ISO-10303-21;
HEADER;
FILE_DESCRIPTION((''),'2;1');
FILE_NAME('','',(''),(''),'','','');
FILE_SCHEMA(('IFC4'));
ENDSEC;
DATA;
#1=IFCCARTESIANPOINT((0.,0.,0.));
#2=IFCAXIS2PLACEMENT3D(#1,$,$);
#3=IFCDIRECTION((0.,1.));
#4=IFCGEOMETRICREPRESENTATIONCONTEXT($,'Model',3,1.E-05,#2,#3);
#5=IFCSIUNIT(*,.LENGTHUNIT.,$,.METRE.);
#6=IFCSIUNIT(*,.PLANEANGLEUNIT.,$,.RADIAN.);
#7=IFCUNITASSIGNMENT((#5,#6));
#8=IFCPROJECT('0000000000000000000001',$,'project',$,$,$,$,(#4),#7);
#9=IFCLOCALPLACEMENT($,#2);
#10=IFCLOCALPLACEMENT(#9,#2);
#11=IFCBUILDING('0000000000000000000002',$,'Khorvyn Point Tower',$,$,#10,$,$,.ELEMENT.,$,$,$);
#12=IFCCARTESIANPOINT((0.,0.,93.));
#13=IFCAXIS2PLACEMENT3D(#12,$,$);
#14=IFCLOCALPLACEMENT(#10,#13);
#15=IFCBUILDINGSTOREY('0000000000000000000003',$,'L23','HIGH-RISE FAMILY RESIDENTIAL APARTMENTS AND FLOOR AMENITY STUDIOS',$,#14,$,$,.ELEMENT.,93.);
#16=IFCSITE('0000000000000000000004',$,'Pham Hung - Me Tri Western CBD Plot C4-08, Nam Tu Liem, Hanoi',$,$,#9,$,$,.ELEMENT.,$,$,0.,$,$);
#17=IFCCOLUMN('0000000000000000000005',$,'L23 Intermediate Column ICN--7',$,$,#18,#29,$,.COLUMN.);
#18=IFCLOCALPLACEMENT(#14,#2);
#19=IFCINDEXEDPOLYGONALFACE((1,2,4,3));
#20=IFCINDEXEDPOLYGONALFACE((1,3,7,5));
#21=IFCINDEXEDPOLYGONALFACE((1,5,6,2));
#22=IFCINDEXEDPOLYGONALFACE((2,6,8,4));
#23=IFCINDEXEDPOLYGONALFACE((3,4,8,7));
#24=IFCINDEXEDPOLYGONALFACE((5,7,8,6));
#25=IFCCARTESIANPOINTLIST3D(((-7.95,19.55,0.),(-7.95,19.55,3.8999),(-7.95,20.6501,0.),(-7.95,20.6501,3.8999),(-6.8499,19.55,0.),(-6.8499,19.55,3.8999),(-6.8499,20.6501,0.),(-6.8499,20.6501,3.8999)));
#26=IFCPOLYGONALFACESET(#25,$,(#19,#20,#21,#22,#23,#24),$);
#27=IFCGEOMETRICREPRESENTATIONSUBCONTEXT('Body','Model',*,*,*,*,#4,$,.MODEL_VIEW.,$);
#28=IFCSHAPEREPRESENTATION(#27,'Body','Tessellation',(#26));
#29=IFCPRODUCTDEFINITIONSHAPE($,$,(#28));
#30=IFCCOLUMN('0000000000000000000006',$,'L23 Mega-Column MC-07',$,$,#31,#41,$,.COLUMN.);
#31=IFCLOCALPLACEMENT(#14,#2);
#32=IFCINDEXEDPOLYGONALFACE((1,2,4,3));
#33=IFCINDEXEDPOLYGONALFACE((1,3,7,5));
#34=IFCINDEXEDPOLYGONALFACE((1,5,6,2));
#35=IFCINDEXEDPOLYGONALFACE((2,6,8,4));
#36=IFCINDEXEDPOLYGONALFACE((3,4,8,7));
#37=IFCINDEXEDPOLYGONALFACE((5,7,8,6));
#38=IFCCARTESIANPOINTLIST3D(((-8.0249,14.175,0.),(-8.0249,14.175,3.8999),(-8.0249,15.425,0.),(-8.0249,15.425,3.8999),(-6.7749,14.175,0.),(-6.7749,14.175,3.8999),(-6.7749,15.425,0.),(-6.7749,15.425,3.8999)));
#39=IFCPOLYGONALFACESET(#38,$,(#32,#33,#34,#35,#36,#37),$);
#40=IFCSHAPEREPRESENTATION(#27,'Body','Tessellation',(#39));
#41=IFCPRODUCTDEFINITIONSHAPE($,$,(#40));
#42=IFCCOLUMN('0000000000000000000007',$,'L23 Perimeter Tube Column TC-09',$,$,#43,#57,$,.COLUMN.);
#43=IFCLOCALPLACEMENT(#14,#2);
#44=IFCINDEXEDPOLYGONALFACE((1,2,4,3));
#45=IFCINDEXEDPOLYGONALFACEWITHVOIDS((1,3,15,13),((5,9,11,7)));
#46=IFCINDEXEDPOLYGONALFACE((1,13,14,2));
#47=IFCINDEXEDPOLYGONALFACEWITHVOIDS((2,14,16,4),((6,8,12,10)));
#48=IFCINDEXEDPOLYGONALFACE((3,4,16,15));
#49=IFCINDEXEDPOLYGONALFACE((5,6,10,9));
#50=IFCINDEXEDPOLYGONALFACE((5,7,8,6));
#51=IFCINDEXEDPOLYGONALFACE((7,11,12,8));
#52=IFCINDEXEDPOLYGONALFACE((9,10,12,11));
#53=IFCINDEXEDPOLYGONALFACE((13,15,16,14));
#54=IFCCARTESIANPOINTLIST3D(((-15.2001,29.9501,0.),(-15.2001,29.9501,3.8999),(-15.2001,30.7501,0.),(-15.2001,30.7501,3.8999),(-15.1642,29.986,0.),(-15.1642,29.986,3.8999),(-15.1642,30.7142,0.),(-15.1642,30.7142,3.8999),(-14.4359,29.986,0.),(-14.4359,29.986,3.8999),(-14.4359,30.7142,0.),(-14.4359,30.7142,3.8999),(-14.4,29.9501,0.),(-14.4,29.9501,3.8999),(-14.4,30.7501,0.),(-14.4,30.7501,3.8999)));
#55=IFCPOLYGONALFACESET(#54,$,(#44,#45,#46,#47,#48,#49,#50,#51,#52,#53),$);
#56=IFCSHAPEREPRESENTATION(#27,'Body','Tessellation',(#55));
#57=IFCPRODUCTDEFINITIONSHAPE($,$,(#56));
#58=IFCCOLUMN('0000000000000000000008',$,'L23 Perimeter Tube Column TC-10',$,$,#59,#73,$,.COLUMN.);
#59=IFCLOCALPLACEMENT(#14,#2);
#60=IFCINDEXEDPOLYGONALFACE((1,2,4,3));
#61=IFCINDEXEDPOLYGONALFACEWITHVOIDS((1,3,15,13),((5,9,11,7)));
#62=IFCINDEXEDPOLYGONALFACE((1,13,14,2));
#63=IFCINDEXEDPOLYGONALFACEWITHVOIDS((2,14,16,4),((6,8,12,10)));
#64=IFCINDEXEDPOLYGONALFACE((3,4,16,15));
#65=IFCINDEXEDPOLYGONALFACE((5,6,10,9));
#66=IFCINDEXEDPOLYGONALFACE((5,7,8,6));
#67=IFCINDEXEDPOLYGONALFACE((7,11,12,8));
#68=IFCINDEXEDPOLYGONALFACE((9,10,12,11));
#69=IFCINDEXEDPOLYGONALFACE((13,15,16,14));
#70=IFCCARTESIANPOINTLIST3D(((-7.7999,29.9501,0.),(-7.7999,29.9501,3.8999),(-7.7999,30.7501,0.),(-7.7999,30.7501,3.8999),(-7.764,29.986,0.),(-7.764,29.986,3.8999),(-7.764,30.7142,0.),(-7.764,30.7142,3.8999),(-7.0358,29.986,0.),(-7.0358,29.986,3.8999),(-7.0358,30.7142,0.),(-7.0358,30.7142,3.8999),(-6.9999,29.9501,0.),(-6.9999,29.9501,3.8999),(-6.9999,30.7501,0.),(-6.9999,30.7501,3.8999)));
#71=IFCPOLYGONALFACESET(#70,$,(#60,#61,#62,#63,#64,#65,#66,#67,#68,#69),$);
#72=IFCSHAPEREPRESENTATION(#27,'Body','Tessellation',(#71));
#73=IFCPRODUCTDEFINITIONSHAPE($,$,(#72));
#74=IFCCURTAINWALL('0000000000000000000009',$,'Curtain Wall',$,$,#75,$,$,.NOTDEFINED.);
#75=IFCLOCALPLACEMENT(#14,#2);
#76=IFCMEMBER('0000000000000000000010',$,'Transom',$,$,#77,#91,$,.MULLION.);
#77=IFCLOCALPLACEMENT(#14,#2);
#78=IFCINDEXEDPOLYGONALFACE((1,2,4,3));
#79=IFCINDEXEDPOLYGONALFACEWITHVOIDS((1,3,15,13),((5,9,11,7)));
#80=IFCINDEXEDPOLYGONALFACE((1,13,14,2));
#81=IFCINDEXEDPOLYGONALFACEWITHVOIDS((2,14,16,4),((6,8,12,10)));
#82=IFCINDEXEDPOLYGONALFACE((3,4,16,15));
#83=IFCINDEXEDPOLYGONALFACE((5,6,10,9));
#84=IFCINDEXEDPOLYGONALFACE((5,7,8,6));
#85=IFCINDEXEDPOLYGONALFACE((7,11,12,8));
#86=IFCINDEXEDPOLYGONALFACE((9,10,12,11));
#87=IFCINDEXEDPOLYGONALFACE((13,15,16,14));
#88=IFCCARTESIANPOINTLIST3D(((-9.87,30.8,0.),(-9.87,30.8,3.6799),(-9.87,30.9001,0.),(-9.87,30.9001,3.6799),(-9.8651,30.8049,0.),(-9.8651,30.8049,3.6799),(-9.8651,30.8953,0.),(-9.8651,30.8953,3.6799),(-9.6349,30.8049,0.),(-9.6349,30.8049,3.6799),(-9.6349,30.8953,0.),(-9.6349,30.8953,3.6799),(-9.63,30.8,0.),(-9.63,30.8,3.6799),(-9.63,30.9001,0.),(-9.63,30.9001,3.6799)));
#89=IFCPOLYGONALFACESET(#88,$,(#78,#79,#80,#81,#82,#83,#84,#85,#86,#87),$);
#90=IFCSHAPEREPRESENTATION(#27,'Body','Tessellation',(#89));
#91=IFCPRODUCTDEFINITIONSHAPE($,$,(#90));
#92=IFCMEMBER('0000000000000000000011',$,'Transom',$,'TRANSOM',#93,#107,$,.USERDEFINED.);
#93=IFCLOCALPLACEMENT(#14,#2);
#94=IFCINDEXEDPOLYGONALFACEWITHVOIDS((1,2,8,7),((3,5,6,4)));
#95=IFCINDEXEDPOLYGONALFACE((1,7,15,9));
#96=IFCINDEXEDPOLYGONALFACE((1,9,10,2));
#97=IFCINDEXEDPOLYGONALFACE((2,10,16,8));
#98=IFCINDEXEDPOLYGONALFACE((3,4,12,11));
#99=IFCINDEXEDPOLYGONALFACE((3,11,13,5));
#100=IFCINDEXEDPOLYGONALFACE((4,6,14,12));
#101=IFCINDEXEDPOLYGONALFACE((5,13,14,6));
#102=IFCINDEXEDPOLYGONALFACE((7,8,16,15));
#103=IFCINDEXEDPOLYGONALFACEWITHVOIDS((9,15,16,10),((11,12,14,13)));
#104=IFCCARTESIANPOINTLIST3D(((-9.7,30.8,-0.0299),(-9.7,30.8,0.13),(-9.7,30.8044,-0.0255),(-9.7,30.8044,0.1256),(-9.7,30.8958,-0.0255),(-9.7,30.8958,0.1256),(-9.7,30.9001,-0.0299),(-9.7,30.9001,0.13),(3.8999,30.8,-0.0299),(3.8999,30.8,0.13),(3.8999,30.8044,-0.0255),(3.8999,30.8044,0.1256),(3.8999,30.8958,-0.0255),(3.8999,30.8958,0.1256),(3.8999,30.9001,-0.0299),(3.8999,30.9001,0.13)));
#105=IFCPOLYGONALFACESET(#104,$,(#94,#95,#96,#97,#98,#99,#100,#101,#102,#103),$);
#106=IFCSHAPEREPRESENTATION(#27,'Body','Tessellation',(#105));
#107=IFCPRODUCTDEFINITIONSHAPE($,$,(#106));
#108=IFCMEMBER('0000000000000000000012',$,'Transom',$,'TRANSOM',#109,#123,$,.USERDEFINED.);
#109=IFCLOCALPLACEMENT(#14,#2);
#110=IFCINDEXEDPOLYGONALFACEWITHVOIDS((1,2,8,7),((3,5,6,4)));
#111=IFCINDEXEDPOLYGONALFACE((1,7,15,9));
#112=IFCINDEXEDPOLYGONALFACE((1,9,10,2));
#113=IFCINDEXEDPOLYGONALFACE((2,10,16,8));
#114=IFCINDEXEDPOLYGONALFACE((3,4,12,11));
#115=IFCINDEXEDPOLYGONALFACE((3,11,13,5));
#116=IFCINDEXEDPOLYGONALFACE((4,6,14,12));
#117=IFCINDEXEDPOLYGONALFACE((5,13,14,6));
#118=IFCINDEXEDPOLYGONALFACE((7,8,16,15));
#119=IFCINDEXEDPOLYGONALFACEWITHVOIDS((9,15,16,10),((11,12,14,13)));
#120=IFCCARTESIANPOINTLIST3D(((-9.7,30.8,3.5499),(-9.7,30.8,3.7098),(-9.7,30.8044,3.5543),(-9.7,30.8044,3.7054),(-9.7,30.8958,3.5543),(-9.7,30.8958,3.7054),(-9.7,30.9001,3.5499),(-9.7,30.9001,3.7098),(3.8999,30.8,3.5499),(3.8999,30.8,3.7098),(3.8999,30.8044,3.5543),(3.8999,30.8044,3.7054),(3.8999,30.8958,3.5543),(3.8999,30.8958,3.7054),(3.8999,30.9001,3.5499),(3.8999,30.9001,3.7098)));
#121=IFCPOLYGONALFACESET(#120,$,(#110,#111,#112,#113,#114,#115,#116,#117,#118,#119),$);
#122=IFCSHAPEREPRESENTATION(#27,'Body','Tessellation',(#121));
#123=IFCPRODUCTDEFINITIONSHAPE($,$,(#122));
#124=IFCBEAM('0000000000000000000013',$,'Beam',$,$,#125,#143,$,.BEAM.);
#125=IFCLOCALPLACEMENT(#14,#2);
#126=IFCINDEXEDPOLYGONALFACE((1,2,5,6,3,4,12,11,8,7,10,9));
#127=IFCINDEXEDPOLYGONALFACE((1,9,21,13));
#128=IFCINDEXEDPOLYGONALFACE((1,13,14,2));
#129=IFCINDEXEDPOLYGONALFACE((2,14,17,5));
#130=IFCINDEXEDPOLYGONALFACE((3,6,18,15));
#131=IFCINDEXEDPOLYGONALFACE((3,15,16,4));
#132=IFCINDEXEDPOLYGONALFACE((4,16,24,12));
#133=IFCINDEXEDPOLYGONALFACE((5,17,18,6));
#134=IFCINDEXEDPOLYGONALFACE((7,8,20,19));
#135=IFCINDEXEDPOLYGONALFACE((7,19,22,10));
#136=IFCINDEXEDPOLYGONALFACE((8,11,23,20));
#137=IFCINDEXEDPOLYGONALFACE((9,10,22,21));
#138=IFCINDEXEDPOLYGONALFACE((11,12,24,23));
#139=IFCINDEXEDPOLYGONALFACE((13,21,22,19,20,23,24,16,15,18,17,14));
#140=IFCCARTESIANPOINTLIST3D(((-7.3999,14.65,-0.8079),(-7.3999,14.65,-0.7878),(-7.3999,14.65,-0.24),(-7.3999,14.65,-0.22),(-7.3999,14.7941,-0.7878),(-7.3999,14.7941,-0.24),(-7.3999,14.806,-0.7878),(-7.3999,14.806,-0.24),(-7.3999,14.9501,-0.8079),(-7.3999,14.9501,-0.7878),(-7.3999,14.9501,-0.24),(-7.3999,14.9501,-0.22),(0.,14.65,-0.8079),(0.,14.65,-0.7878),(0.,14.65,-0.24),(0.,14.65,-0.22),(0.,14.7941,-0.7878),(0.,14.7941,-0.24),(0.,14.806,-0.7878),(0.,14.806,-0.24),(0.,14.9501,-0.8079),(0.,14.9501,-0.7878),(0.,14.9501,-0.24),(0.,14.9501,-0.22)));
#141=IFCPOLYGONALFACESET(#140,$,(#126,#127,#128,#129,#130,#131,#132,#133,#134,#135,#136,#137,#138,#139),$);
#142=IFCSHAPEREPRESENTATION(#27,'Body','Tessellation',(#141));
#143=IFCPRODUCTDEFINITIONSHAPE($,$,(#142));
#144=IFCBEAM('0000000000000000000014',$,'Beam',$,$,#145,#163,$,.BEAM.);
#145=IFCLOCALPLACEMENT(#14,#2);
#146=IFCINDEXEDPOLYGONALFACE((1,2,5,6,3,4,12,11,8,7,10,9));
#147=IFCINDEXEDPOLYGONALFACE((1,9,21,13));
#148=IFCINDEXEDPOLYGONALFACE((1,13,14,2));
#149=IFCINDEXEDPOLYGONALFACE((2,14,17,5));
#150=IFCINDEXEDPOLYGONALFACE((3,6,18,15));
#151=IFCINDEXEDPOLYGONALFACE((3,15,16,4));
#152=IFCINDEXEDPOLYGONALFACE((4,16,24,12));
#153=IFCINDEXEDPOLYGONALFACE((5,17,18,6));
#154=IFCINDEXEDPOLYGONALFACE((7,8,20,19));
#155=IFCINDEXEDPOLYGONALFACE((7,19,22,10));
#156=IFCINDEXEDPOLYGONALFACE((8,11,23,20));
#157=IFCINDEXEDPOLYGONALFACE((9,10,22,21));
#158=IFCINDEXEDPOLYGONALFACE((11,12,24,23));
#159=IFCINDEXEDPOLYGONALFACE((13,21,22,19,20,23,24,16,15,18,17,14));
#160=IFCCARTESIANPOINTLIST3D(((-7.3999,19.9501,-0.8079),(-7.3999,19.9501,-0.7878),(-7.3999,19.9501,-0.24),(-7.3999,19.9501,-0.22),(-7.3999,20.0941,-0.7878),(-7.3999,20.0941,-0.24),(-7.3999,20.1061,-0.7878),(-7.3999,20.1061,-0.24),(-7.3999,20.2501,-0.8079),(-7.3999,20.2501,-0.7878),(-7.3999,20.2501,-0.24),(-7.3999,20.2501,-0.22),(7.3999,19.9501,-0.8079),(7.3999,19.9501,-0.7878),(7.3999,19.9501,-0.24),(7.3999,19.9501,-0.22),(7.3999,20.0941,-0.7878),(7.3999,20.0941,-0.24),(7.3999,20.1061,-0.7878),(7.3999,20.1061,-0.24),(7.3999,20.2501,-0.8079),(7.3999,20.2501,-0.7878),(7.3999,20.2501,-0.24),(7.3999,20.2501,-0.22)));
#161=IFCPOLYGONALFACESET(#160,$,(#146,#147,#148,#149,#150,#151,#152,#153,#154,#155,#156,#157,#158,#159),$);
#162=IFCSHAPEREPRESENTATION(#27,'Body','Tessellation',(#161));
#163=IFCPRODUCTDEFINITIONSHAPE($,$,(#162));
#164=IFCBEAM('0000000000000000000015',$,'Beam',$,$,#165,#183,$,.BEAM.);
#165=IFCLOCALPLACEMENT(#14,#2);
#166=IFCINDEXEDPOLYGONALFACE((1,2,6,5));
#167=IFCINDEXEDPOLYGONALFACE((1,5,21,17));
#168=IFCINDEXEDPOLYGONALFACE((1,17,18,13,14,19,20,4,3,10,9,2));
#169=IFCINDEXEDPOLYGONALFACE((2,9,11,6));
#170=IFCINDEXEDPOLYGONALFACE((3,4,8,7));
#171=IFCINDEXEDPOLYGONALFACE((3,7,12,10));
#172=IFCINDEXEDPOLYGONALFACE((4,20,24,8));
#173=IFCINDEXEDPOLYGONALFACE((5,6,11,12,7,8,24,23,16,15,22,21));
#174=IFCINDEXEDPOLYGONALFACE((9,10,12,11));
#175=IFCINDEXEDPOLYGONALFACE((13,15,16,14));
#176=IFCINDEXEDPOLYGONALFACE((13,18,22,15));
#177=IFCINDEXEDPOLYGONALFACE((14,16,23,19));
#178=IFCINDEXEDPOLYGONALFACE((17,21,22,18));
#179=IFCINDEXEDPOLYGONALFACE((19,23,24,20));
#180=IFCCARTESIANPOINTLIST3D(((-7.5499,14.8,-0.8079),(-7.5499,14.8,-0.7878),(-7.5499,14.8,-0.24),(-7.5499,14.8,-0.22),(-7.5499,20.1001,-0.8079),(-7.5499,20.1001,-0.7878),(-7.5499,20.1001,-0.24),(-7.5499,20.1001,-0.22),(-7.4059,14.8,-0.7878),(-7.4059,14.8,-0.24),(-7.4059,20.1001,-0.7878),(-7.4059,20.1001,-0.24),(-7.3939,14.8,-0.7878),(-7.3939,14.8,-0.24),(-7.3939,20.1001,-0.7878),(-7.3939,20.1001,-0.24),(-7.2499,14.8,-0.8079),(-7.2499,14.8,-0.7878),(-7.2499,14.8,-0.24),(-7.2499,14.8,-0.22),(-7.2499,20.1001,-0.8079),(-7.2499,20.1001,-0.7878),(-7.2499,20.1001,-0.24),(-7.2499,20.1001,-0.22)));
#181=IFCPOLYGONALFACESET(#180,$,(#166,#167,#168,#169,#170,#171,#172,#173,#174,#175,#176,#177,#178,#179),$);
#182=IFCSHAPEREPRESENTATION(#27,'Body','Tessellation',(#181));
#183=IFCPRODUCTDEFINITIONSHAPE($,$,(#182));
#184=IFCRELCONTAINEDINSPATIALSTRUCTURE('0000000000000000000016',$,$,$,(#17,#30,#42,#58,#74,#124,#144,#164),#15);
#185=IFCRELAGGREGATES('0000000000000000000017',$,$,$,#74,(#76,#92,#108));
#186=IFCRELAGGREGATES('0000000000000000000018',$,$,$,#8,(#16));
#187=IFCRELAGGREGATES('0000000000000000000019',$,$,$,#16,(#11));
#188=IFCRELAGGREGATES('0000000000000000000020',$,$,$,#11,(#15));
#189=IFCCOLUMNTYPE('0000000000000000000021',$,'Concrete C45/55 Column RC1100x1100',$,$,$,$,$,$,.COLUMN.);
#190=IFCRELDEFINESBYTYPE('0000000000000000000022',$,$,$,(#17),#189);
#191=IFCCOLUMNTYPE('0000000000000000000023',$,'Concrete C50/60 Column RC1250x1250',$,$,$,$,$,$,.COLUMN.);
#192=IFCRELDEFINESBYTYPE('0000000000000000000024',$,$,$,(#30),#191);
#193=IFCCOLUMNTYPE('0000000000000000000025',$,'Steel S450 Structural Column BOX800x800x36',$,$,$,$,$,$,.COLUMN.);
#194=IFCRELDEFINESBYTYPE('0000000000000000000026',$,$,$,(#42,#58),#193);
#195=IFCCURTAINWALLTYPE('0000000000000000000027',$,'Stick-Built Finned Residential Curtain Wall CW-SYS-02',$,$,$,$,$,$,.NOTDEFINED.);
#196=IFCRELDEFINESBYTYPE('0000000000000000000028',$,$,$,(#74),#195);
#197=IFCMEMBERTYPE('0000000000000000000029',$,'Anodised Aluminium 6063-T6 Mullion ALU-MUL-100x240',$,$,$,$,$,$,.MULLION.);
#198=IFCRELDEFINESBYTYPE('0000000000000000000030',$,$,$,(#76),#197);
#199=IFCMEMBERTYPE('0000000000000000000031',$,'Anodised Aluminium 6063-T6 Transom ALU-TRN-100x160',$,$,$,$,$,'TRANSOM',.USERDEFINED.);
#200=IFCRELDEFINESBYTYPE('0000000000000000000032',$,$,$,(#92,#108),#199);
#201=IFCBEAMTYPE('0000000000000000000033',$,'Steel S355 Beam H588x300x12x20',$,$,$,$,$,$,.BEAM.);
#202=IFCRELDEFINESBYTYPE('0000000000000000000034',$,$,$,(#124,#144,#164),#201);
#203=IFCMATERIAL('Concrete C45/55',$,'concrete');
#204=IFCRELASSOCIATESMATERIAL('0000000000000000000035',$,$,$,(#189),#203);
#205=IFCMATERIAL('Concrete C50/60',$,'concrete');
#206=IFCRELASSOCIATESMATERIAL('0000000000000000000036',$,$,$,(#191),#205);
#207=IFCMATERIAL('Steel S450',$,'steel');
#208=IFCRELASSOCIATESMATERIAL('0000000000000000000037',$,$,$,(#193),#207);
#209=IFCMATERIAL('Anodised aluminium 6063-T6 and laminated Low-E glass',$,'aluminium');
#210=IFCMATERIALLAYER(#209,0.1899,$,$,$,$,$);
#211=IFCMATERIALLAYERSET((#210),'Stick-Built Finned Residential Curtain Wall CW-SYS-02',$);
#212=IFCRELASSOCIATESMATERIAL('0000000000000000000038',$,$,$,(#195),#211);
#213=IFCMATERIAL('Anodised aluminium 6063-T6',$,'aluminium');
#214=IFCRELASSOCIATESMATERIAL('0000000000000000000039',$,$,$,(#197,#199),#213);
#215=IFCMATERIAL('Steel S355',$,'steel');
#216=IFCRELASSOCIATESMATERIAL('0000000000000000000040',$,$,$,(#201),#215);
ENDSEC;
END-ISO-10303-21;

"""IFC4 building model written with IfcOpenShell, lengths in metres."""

from ifc_helpers import new_model, si_unit, direction, frame, origin, origin_2d, place, context, subcontext, project, spatial, rectangle, hollow_rectangle, i_section, extrude, material, layer, layer_set, material_profile, profile_set, type_object, element, aggregate, save


model = new_model("IFC4")

# Units and contexts
model_context = context("Model", 3, precision=1e-05, world=origin(), true_north=direction((0.0, 1.0)))
body_context = subcontext(model_context, "Body", "Model", "MODEL_VIEW")
ifc_project = project(units=[si_unit("LENGTHUNIT", "METRE"), si_unit("PLANEANGLEUNIT", "RADIAN")], contexts=[model_context])

# Site, building, storey
site_placement = place(None, origin())
site = spatial("IfcSite", under=ifc_project, at=site_placement, Name="Pham Hung - Me Tri Western CBD Plot C4-08, Nam Tu Liem, Hanoi", CompositionType="ELEMENT", RefElevation=0.0)
building_placement = place(site_placement, origin())
building = spatial("IfcBuilding", under=site, at=building_placement, Name="Khorvyn Point Tower", CompositionType="ELEMENT")
storey_placement = place(building_placement, frame((0.0, 0.0, 93.0)))
storey = spatial("IfcBuildingStorey", under=building, at=storey_placement, Name="L23", Description="HIGH-RISE FAMILY RESIDENTIAL APARTMENTS AND FLOOR AMENITY STUDIOS", CompositionType="ELEMENT", Elevation=93.0)

# Columns
ifc_material_1 = material(Name="Concrete C45/55", Category="concrete")
ifc_material_profile_1 = material_profile(ifc_material_1, rectangle(XDim=1.1001, YDim=1.1001, at=origin_2d()))
ifc_profile_set_1 = profile_set([ifc_material_profile_1], Name="Concrete C45/55 RC1100x1100")
column_type_1 = type_object("IfcColumnType", Name="Concrete C45/55 Column RC1100x1100", PredefinedType="COLUMN", material=ifc_profile_set_1)
column_1_placement = place(storey_placement, frame((-7.3999, 20.1001, 0.0), z_axis=(0.0, 0.0, 1.0), x_axis=(1.0, 0.0, 0.0)))
element("IfcColumn", 1, at=column_1_placement, inside=storey, type_object=column_type_1, Name="L23 Intermediate Column ICN--7", PredefinedType="COLUMN", context=body_context, shape_type="SweptSolid", body=[
    extrude(rectangle(XDim=1.1001, YDim=1.1001, at=origin_2d()), origin(), (0.0, 0.0, 1.0), 3.8999),
])
ifc_material_2 = material(Name="Concrete C50/60", Category="concrete")
ifc_material_profile_2 = material_profile(ifc_material_2, rectangle(XDim=1.25, YDim=1.25, at=origin_2d()))
ifc_profile_set_2 = profile_set([ifc_material_profile_2], Name="Concrete C50/60 RC1250x1250")
column_type_2 = type_object("IfcColumnType", Name="Concrete C50/60 Column RC1250x1250", PredefinedType="COLUMN", material=ifc_profile_set_2)
column_2_placement = place(storey_placement, frame((-7.3999, 14.8, 0.0), z_axis=(0.0, 0.0, 1.0), x_axis=(1.0, 0.0, 0.0)))
element("IfcColumn", 2, at=column_2_placement, inside=storey, type_object=column_type_2, Name="L23 Mega-Column MC-07", PredefinedType="COLUMN", context=body_context, shape_type="SweptSolid", body=[
    extrude(rectangle(XDim=1.25, YDim=1.25, at=origin_2d()), origin(), (0.0, 0.0, 1.0), 3.8999),
])
ifc_material_3 = material(Name="Steel S450", Category="steel")
ifc_material_profile_3 = material_profile(ifc_material_3, hollow_rectangle(XDim=0.8, YDim=0.8, WallThickness=0.0359, at=origin_2d()))
ifc_profile_set_3 = profile_set([ifc_material_profile_3], Name="Steel S450 BOX800x800x36")
column_type_3 = type_object("IfcColumnType", Name="Steel S450 Structural Column BOX800x800x36", PredefinedType="COLUMN", material=ifc_profile_set_3)
for number, where, z_axis, x_axis, name in (
    (3, (-14.8, 30.3501, 0.0), (0.0, 0.0, 1.0), (1.0, 0.0, 0.0), "L23 Perimeter Tube Column TC-09"),
    (4, (-7.3999, 30.3501, 0.0), (0.0, 0.0, 1.0), (1.0, 0.0, 0.0), "L23 Perimeter Tube Column TC-10"),
):
    element("IfcColumn", number, at=place(storey_placement, frame(where, z_axis=z_axis, x_axis=x_axis)), inside=storey, type_object=column_type_3, Name=name, PredefinedType="COLUMN", context=body_context, shape_type="SweptSolid", body=[
        extrude(hollow_rectangle(XDim=0.8, YDim=0.8, WallThickness=0.0359, at=origin_2d()), origin(), (0.0, 0.0, 1.0), 3.8999),
    ])

# Curtain wall, members
ifc_material_4 = material(Name="Anodised aluminium 6063-T6 and laminated Low-E glass", Category="aluminium")
ifc_layer_1 = layer(ifc_material_4, 0.1899)
ifc_layer_set_1 = layer_set([ifc_layer_1], Name="Stick-Built Finned Residential Curtain Wall CW-SYS-02")
curtain_wall_type = type_object("IfcCurtainWallType", Name="Stick-Built Finned Residential Curtain Wall CW-SYS-02", PredefinedType="NOTDEFINED", material=ifc_layer_set_1)
curtain_wall_placement = place(storey_placement, origin())
curtain_wall = element("IfcCurtainWall", 5, at=curtain_wall_placement, inside=storey, type_object=curtain_wall_type, Name="Curtain Wall", PredefinedType="NOTDEFINED")
ifc_material_5 = material(Name="Anodised aluminium 6063-T6", Category="aluminium")
ifc_material_profile_4 = material_profile(ifc_material_5, hollow_rectangle(XDim=0.1001, YDim=0.24, WallThickness=0.0049, at=origin_2d()))
ifc_profile_set_4 = profile_set([ifc_material_profile_4], Name="Anodised aluminium 6063-T6 ALU-MUL-100x240")
member_type_1 = type_object("IfcMemberType", Name="Anodised Aluminium 6063-T6 Mullion ALU-MUL-100x240", PredefinedType="MULLION", material=ifc_profile_set_4)
member_1_placement = place(storey_placement, frame((-9.75, 30.8501, 0.0), z_axis=(0.0, 0.0, 1.0), x_axis=(0.0, 1.0, 0.0)))
member_1 = element("IfcMember", 6, at=member_1_placement, type_object=member_type_1, Name="Transom", PredefinedType="MULLION", context=body_context, shape_type="SweptSolid", body=[
    extrude(hollow_rectangle(XDim=0.1001, YDim=0.24, WallThickness=0.0049, at=origin_2d()), origin(), (0.0, 0.0, 1.0), 3.6799),
])
ifc_material_profile_5 = material_profile(ifc_material_5, hollow_rectangle(XDim=0.1001, YDim=0.1599, WallThickness=0.0044, at=origin_2d()))
ifc_profile_set_5 = profile_set([ifc_material_profile_5], Name="Anodised aluminium 6063-T6 ALU-TRN-100x160")
member_type_2 = type_object("IfcMemberType", Name="Anodised Aluminium 6063-T6 Transom ALU-TRN-100x160", ElementType="TRANSOM", PredefinedType="USERDEFINED", material=ifc_profile_set_5)
member_2_placement = place(storey_placement, frame((-9.7, 30.8501, 0.05), z_axis=(1.0, 0.0, 0.0), x_axis=(0.0, 1.0, 0.0)))
member_2 = element("IfcMember", 7, at=member_2_placement, type_object=member_type_2, Name="Transom", ObjectType="TRANSOM", PredefinedType="USERDEFINED", context=body_context, shape_type="SweptSolid", body=[
    extrude(hollow_rectangle(XDim=0.1001, YDim=0.1599, WallThickness=0.0044, at=origin_2d()), origin(), (0.0, 0.0, 1.0), 13.5999),
])
member_3_placement = place(storey_placement, frame((-9.7, 30.8501, 3.6299), z_axis=(1.0, 0.0, 0.0), x_axis=(0.0, 1.0, 0.0)))
member_3 = element("IfcMember", 8, at=member_3_placement, type_object=member_type_2, Name="Transom", ObjectType="TRANSOM", PredefinedType="USERDEFINED", context=body_context, shape_type="SweptSolid", body=[
    extrude(hollow_rectangle(XDim=0.1001, YDim=0.1599, WallThickness=0.0044, at=origin_2d()), origin(), (0.0, 0.0, 1.0), 13.5999),
])

# Beams
ifc_material_6 = material(Name="Steel S355", Category="steel")
ifc_material_profile_6 = material_profile(ifc_material_6, i_section(OverallWidth=0.3, OverallDepth=0.5879, WebThickness=0.012, FlangeThickness=0.02, at=origin_2d()))
ifc_profile_set_6 = profile_set([ifc_material_profile_6], Name="Steel S355 H588x300x12x20")
beam_type_1 = type_object("IfcBeamType", Name="Steel S355 Beam H588x300x12x20", PredefinedType="BEAM", material=ifc_profile_set_6)
beam_1_placement = place(storey_placement, frame((-7.3999, 14.8, -0.5139), z_axis=(1.0, 0.0, 0.0), x_axis=(0.0, 1.0, 0.0)))
element("IfcBeam", 9, at=beam_1_placement, inside=storey, type_object=beam_type_1, Name="Beam", PredefinedType="BEAM", context=body_context, shape_type="SweptSolid", body=[
    extrude(i_section(OverallWidth=0.3, OverallDepth=0.5879, WebThickness=0.012, FlangeThickness=0.02, at=origin_2d()), origin(), (0.0, 0.0, 1.0), 7.3999),
])
beam_2_placement = place(storey_placement, frame((-7.3999, 20.1001, -0.5139), z_axis=(1.0, 0.0, 0.0), x_axis=(0.0, 1.0, 0.0)))
element("IfcBeam", 10, at=beam_2_placement, inside=storey, type_object=beam_type_1, Name="Beam", PredefinedType="BEAM", context=body_context, shape_type="SweptSolid", body=[
    extrude(i_section(OverallWidth=0.3, OverallDepth=0.5879, WebThickness=0.012, FlangeThickness=0.02, at=origin_2d()), origin(), (0.0, 0.0, 1.0), 14.7998),
])
beam_3_placement = place(storey_placement, frame((-7.3999, 14.8, -0.5139), z_axis=(0.0, 1.0, 0.0), x_axis=(-1.0, 0.0, 0.0)))
element("IfcBeam", 11, at=beam_3_placement, inside=storey, type_object=beam_type_1, Name="Beam", PredefinedType="BEAM", context=body_context, shape_type="SweptSolid", body=[
    extrude(i_section(OverallWidth=0.3, OverallDepth=0.5879, WebThickness=0.012, FlangeThickness=0.02, at=origin_2d()), origin(), (0.0, 0.0, 1.0), 5.3),
])

aggregate(curtain_wall, [member_1, member_2, member_3])

save(model, "model.ifc")
